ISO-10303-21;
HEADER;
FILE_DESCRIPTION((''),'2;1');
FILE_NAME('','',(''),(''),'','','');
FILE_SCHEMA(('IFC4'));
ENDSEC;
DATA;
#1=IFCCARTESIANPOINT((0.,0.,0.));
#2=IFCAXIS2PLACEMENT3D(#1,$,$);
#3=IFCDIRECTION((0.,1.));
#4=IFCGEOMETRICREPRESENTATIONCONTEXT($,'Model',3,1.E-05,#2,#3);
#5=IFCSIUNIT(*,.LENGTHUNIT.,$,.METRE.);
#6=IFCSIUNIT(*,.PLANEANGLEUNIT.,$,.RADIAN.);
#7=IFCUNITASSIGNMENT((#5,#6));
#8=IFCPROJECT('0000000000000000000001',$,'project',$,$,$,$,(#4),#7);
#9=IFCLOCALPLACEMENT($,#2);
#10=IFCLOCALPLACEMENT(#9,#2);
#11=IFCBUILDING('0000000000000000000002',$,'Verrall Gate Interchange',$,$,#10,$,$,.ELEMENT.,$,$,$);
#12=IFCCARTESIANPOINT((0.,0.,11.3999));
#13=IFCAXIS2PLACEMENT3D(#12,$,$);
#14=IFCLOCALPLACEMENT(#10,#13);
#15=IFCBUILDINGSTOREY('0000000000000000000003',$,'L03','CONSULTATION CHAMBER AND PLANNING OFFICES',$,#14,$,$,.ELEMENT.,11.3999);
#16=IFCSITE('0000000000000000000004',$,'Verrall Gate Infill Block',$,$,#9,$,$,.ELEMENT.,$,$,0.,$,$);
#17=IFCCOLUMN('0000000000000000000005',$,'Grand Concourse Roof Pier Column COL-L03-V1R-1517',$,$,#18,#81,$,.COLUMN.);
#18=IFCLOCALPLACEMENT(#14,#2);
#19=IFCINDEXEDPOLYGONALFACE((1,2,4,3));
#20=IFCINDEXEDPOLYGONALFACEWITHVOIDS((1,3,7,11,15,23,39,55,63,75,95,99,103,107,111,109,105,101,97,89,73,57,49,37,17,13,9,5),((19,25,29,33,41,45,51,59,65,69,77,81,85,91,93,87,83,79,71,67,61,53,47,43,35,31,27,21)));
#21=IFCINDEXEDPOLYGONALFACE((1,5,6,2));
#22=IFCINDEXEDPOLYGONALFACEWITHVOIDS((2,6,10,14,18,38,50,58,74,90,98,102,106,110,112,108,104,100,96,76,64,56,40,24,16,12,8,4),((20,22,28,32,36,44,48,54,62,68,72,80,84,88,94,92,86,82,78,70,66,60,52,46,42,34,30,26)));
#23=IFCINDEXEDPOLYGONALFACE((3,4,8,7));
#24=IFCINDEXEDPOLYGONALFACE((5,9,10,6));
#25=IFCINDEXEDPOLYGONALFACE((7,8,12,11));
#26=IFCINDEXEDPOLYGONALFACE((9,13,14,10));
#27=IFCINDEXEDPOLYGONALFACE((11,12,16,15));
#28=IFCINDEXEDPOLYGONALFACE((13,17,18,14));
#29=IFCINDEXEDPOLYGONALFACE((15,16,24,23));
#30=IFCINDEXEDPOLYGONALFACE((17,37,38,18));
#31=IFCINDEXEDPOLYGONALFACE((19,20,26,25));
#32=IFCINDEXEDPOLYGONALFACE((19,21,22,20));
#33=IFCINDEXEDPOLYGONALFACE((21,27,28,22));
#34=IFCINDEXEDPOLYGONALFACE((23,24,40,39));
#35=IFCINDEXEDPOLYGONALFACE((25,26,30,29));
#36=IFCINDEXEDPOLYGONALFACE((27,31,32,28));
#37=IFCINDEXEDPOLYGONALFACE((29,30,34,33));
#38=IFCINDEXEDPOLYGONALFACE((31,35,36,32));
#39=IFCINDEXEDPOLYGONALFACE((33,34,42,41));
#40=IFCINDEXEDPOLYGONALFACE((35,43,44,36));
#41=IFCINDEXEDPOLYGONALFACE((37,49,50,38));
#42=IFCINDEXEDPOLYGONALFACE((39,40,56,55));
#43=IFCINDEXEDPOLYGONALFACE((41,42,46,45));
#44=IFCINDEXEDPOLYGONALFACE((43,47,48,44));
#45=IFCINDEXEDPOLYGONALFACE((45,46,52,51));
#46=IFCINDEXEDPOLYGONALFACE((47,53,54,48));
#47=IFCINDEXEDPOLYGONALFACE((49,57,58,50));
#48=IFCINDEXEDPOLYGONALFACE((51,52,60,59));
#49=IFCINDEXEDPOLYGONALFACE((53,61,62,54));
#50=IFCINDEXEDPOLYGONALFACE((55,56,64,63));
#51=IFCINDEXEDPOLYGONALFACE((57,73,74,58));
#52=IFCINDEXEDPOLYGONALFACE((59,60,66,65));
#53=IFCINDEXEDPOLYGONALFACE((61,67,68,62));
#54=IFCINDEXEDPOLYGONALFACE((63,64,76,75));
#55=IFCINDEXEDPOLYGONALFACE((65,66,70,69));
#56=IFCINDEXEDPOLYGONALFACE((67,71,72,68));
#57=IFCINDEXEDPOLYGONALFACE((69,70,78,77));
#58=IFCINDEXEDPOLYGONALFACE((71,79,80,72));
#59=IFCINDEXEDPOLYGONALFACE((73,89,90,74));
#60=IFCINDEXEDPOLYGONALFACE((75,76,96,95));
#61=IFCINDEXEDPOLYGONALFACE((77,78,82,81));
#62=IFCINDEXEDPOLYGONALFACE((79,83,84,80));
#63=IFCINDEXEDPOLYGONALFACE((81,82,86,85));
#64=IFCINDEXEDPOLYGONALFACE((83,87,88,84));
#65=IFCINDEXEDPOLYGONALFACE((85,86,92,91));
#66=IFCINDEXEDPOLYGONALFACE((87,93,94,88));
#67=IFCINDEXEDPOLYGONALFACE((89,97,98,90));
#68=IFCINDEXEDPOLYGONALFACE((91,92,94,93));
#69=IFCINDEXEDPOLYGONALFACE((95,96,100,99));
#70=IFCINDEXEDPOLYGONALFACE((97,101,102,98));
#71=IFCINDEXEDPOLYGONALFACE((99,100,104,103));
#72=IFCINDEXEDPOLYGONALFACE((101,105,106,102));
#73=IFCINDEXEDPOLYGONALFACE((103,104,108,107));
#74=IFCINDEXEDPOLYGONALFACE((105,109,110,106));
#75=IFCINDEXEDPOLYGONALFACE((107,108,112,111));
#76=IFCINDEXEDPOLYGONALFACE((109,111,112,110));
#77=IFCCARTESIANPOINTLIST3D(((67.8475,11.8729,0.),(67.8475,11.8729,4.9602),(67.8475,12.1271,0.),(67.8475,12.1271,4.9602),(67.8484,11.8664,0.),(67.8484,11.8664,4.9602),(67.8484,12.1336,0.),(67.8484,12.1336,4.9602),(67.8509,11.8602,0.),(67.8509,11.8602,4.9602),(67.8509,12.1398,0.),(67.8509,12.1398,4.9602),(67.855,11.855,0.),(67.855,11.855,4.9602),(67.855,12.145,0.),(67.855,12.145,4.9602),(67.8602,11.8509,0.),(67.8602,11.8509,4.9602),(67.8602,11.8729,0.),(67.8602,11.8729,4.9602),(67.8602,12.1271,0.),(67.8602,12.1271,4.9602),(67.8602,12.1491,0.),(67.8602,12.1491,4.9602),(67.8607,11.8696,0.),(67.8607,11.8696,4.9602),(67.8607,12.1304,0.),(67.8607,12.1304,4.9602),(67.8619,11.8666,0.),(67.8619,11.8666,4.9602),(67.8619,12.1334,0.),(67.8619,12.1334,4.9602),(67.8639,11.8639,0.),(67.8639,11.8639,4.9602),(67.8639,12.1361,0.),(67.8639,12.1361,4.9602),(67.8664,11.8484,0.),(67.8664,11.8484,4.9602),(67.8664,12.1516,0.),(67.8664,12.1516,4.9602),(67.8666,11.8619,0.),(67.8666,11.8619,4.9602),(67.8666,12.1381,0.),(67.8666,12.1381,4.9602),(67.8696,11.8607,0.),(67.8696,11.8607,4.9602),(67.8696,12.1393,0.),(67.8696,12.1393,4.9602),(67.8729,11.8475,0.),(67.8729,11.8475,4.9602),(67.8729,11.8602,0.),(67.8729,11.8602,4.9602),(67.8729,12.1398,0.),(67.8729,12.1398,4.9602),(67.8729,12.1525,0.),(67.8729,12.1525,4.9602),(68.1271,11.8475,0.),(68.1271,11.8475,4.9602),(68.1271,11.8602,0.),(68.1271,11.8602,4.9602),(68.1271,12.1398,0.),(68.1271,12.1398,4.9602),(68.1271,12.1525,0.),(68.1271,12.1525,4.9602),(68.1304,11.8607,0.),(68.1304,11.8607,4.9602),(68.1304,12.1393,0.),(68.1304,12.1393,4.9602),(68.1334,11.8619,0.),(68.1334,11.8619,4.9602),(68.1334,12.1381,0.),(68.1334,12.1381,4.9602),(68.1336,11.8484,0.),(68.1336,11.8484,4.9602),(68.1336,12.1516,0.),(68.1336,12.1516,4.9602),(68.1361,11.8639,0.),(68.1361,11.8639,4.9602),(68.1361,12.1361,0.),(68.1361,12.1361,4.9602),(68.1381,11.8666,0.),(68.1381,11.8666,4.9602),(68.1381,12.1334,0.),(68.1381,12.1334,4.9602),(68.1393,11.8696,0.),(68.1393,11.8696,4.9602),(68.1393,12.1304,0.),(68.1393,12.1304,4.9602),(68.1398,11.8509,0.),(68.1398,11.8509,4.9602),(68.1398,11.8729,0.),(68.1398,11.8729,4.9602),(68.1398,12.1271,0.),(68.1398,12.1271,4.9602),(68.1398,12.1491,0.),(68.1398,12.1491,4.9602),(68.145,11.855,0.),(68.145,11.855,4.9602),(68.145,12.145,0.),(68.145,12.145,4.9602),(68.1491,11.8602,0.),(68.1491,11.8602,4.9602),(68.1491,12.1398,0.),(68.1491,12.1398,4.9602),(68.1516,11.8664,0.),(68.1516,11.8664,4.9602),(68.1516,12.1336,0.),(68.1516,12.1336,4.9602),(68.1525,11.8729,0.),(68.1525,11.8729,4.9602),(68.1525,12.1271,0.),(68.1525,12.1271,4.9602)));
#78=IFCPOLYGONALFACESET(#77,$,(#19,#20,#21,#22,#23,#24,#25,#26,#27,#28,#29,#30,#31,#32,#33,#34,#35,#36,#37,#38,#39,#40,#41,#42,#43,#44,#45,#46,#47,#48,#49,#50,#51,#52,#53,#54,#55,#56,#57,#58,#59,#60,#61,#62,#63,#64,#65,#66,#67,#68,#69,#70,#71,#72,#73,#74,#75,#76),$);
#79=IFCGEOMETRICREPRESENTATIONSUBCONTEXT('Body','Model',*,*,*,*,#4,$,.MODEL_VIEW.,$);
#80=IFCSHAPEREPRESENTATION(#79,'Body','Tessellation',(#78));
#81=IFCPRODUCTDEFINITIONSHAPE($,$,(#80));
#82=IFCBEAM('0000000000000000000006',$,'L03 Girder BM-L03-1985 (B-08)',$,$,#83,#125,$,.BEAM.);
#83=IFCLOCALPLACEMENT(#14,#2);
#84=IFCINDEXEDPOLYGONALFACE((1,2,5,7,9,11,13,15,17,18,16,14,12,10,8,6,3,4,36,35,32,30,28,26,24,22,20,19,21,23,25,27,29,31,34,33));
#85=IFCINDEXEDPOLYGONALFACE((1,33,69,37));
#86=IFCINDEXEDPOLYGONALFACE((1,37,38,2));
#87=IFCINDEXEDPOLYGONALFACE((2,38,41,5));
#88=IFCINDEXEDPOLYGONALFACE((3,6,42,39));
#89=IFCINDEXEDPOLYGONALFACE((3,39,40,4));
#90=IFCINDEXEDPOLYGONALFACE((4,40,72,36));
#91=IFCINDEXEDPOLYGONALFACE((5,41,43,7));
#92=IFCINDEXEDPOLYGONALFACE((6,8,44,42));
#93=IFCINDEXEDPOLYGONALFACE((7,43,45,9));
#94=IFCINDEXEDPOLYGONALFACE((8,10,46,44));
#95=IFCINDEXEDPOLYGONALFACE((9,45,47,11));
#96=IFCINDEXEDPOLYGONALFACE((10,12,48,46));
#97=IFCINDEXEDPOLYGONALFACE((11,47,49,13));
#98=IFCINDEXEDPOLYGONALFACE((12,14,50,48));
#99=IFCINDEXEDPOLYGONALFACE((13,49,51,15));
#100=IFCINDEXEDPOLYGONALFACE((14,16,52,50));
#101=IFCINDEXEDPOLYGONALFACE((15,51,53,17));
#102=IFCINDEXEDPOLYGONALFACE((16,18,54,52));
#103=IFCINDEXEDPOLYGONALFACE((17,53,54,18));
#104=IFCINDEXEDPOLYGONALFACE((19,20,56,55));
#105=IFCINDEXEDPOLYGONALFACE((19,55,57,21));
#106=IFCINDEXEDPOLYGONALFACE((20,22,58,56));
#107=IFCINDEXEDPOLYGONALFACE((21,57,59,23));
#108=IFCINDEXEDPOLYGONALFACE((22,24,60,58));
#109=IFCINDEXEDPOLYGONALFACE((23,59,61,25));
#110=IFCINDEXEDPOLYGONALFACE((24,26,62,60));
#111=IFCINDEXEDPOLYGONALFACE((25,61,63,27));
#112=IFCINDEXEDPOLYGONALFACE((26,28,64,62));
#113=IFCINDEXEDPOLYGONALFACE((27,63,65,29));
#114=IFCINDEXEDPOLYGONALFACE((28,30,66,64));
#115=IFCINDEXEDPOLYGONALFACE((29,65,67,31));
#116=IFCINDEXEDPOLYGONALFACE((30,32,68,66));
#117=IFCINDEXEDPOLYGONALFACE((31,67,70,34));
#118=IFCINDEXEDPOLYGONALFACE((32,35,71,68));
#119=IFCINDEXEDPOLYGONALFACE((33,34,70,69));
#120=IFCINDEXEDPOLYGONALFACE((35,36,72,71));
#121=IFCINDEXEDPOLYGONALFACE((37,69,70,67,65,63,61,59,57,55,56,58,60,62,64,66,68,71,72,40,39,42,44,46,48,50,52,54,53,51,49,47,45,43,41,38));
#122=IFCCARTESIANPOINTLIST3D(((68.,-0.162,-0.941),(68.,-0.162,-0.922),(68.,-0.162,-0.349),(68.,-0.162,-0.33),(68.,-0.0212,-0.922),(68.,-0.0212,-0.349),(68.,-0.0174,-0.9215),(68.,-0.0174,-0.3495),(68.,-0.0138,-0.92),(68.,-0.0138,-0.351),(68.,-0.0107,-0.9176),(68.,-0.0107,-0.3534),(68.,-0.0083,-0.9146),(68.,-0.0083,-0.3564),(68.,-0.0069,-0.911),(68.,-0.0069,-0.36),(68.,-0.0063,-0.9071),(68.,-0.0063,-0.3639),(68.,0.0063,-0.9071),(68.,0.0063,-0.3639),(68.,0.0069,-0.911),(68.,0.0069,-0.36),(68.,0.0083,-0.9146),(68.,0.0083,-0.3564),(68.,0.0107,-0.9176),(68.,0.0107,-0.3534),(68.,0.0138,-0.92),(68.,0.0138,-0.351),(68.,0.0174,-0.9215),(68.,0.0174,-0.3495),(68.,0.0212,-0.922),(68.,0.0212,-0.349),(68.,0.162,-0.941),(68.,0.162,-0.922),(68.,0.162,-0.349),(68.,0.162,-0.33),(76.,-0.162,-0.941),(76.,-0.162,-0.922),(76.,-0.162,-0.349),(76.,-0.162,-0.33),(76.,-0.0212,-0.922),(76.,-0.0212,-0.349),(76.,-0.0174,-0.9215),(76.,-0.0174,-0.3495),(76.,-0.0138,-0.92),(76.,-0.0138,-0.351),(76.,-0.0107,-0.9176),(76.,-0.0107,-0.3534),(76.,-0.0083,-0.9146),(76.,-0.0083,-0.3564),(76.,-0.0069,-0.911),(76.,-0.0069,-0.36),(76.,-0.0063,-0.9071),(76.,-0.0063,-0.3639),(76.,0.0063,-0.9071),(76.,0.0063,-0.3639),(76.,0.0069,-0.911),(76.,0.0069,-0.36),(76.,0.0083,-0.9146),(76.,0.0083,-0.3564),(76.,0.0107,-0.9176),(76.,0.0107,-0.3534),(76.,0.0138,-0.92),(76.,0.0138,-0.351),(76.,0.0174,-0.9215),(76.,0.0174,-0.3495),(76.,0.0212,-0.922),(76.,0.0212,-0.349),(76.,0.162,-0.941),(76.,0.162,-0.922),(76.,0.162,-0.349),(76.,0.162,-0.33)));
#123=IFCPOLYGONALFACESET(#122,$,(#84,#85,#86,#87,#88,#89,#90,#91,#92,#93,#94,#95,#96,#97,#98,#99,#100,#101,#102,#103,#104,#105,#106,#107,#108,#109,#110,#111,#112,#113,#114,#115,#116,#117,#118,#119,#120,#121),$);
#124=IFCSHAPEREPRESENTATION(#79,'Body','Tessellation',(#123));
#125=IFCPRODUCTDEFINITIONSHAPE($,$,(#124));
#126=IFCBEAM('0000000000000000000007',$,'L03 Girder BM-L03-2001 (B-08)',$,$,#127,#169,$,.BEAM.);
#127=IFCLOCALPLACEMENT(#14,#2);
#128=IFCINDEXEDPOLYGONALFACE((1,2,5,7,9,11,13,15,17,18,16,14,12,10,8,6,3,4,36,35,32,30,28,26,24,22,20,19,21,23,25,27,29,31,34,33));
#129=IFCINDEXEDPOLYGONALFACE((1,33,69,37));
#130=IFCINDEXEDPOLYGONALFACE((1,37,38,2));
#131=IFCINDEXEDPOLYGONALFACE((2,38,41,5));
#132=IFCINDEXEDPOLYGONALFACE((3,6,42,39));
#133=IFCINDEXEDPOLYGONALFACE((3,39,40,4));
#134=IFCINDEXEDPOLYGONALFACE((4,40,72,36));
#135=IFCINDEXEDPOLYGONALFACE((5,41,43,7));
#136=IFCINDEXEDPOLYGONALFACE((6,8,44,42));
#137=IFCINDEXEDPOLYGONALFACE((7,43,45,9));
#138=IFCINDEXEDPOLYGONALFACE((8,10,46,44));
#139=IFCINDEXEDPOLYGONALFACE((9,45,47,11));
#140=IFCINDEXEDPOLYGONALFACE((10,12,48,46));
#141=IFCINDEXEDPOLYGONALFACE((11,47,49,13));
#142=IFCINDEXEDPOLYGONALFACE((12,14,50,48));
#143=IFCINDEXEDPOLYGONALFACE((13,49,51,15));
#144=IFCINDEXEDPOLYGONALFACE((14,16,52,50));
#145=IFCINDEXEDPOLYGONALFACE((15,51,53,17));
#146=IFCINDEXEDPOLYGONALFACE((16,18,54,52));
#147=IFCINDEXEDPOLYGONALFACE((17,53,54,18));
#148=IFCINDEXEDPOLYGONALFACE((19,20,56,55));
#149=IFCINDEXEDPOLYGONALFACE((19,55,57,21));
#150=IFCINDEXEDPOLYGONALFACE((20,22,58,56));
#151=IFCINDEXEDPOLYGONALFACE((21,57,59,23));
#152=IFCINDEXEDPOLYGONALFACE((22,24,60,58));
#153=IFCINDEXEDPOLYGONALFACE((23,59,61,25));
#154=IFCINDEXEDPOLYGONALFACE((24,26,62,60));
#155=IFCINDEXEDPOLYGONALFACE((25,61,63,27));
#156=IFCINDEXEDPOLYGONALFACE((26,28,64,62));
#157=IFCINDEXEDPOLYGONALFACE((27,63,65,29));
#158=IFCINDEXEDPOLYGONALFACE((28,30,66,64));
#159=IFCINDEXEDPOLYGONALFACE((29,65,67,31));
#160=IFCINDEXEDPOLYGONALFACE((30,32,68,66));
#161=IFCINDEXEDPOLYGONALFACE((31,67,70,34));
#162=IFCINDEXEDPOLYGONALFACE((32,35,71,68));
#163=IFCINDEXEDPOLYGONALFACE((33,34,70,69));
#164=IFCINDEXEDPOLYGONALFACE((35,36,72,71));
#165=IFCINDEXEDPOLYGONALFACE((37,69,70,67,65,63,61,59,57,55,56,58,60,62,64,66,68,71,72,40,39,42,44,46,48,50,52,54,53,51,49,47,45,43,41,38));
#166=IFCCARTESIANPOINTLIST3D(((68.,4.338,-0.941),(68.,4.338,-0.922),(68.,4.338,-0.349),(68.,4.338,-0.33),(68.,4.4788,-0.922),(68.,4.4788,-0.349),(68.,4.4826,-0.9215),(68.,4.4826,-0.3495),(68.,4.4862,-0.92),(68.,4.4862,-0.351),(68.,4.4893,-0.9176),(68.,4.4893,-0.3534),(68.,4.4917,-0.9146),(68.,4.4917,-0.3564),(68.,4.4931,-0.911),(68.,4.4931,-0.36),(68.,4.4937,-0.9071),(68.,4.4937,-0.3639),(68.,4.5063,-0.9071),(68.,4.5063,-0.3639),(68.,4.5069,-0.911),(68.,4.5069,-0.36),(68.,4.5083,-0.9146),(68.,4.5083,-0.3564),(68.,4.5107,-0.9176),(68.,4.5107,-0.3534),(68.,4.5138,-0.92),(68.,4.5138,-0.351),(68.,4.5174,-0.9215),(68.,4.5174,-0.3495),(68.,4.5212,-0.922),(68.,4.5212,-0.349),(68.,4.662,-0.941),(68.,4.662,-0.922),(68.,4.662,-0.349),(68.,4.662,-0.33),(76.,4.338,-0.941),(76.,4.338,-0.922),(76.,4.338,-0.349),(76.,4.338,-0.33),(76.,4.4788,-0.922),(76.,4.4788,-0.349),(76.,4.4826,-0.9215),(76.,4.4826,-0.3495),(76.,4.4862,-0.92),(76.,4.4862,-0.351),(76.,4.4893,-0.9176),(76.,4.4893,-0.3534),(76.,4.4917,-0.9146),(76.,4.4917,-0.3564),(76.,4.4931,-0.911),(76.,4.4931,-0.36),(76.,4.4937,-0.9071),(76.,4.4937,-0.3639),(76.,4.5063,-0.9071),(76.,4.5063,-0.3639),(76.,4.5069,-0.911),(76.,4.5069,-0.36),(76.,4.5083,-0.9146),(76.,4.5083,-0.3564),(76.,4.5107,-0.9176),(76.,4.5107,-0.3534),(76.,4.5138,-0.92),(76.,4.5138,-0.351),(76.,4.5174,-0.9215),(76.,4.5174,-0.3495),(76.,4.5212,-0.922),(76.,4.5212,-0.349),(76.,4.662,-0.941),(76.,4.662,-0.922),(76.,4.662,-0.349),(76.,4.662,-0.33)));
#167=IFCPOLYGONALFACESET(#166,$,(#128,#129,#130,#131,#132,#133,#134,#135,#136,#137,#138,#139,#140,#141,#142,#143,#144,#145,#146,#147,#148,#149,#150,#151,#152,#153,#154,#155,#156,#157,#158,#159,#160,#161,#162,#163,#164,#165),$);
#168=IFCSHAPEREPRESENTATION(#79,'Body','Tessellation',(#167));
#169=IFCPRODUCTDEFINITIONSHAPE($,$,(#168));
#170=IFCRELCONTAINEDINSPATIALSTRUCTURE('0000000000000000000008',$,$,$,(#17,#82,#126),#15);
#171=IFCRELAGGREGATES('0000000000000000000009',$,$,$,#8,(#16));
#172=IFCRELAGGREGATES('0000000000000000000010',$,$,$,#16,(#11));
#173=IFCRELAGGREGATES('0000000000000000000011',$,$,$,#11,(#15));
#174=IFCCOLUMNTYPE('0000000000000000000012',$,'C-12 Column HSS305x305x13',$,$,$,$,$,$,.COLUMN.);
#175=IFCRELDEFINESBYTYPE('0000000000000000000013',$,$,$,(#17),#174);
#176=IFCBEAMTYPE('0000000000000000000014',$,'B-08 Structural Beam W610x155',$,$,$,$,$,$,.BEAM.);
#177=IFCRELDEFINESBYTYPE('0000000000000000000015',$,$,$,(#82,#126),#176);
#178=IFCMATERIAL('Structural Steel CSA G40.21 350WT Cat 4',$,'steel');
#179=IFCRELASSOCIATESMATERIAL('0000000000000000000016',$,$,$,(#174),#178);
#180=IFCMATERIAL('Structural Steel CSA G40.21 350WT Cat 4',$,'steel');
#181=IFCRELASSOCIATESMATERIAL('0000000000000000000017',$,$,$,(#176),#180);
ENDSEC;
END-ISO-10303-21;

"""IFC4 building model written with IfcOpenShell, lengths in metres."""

from ifc_helpers import new_model, si_unit, direction, frame, origin, origin_2d, place, context, subcontext, project, spatial, hollow_rectangle, i_section, extrude, material, material_profile, profile_set, type_object, element, save


model = new_model("IFC4")

# Units and contexts
model_context = context("Model", 3, precision=1e-05, world=origin(), true_north=direction((0.0, 1.0)))
body_context = subcontext(model_context, "Body", "Model", "MODEL_VIEW")
ifc_project = project(units=[si_unit("LENGTHUNIT", "METRE"), si_unit("PLANEANGLEUNIT", "RADIAN")], contexts=[model_context])

# Site, building, storey
site_placement = place(None, origin())
site = spatial("IfcSite", under=ifc_project, at=site_placement, Name="Verrall Gate Infill Block", CompositionType="ELEMENT", RefElevation=0.0)
building_placement = place(site_placement, origin())
building = spatial("IfcBuilding", under=site, at=building_placement, Name="Verrall Gate Interchange", CompositionType="ELEMENT")
storey_placement = place(building_placement, frame((0.0, 0.0, 11.3999)))
storey = spatial("IfcBuildingStorey", under=building, at=storey_placement, Name="L03", Description="CONSULTATION CHAMBER AND PLANNING OFFICES", CompositionType="ELEMENT", Elevation=11.3999)

# Column
ifc_material_1 = material(Name="Structural Steel CSA G40.21 350WT Cat 4", Category="steel")
ifc_material_profile_1 = material_profile(ifc_material_1, hollow_rectangle(XDim=0.3049, YDim=0.3049, WallThickness=0.0127, InnerFilletRadius=0.0127, OuterFilletRadius=0.0254, at=origin_2d()), Name="HSS305x305x13")
ifc_profile_set_1 = profile_set([ifc_material_profile_1], Name="Structural Steel CSA G40.21 350WT Cat 4")
column_type = type_object("IfcColumnType", Name="C-12 Column HSS305x305x13", PredefinedType="COLUMN", material=ifc_profile_set_1)
column_placement = place(storey_placement, frame((68.0, 12.0, 0.0), z_axis=(0.0, 0.0, 1.0), x_axis=(1.0, 0.0, 0.0)))
element("IfcColumn", 1, at=column_placement, inside=storey, type_object=column_type, Name="Grand Concourse Roof Pier Column COL-L03-V1R-1517", PredefinedType="COLUMN", context=body_context, shape_type="SweptSolid", body=[
    extrude(hollow_rectangle(XDim=0.3049, YDim=0.3049, WallThickness=0.0127, InnerFilletRadius=0.0127, OuterFilletRadius=0.0254, at=origin_2d()), origin(), (0.0, 0.0, 1.0), 4.9602),
])

# Beams
ifc_material_2 = material(Name="Structural Steel CSA G40.21 350WT Cat 4", Category="steel")
ifc_material_profile_2 = material_profile(ifc_material_2, i_section(OverallWidth=0.324, OverallDepth=0.6111, WebThickness=0.0127, FlangeThickness=0.019, FilletRadius=0.0149, at=origin_2d()), Name="W610x155")
ifc_profile_set_2 = profile_set([ifc_material_profile_2], Name="Structural Steel CSA G40.21 350WT Cat 4")
beam_type_1 = type_object("IfcBeamType", Name="B-08 Structural Beam W610x155", PredefinedType="BEAM", material=ifc_profile_set_2)
for number, where, z_axis, x_axis, name in (
    (2, (68.0, 0.0, -0.6355), (1.0, 0.0, 0.0), (0.0, 1.0, 0.0), "L03 Girder BM-L03-1985 (B-08)"),
    (3, (68.0, 4.5, -0.6355), (1.0, 0.0, 0.0), (0.0, 1.0, 0.0), "L03 Girder BM-L03-2001 (B-08)"),
):
    element("IfcBeam", number, at=place(storey_placement, frame(where, z_axis=z_axis, x_axis=x_axis)), inside=storey, type_object=beam_type_1, Name=name, PredefinedType="BEAM", context=body_context, shape_type="SweptSolid", body=[
        extrude(i_section(OverallWidth=0.324, OverallDepth=0.6111, WebThickness=0.0127, FlangeThickness=0.019, FilletRadius=0.0149, at=origin_2d()), origin(), (0.0, 0.0, 1.0), 8.0),
    ])

save(model, "model.ifc")
